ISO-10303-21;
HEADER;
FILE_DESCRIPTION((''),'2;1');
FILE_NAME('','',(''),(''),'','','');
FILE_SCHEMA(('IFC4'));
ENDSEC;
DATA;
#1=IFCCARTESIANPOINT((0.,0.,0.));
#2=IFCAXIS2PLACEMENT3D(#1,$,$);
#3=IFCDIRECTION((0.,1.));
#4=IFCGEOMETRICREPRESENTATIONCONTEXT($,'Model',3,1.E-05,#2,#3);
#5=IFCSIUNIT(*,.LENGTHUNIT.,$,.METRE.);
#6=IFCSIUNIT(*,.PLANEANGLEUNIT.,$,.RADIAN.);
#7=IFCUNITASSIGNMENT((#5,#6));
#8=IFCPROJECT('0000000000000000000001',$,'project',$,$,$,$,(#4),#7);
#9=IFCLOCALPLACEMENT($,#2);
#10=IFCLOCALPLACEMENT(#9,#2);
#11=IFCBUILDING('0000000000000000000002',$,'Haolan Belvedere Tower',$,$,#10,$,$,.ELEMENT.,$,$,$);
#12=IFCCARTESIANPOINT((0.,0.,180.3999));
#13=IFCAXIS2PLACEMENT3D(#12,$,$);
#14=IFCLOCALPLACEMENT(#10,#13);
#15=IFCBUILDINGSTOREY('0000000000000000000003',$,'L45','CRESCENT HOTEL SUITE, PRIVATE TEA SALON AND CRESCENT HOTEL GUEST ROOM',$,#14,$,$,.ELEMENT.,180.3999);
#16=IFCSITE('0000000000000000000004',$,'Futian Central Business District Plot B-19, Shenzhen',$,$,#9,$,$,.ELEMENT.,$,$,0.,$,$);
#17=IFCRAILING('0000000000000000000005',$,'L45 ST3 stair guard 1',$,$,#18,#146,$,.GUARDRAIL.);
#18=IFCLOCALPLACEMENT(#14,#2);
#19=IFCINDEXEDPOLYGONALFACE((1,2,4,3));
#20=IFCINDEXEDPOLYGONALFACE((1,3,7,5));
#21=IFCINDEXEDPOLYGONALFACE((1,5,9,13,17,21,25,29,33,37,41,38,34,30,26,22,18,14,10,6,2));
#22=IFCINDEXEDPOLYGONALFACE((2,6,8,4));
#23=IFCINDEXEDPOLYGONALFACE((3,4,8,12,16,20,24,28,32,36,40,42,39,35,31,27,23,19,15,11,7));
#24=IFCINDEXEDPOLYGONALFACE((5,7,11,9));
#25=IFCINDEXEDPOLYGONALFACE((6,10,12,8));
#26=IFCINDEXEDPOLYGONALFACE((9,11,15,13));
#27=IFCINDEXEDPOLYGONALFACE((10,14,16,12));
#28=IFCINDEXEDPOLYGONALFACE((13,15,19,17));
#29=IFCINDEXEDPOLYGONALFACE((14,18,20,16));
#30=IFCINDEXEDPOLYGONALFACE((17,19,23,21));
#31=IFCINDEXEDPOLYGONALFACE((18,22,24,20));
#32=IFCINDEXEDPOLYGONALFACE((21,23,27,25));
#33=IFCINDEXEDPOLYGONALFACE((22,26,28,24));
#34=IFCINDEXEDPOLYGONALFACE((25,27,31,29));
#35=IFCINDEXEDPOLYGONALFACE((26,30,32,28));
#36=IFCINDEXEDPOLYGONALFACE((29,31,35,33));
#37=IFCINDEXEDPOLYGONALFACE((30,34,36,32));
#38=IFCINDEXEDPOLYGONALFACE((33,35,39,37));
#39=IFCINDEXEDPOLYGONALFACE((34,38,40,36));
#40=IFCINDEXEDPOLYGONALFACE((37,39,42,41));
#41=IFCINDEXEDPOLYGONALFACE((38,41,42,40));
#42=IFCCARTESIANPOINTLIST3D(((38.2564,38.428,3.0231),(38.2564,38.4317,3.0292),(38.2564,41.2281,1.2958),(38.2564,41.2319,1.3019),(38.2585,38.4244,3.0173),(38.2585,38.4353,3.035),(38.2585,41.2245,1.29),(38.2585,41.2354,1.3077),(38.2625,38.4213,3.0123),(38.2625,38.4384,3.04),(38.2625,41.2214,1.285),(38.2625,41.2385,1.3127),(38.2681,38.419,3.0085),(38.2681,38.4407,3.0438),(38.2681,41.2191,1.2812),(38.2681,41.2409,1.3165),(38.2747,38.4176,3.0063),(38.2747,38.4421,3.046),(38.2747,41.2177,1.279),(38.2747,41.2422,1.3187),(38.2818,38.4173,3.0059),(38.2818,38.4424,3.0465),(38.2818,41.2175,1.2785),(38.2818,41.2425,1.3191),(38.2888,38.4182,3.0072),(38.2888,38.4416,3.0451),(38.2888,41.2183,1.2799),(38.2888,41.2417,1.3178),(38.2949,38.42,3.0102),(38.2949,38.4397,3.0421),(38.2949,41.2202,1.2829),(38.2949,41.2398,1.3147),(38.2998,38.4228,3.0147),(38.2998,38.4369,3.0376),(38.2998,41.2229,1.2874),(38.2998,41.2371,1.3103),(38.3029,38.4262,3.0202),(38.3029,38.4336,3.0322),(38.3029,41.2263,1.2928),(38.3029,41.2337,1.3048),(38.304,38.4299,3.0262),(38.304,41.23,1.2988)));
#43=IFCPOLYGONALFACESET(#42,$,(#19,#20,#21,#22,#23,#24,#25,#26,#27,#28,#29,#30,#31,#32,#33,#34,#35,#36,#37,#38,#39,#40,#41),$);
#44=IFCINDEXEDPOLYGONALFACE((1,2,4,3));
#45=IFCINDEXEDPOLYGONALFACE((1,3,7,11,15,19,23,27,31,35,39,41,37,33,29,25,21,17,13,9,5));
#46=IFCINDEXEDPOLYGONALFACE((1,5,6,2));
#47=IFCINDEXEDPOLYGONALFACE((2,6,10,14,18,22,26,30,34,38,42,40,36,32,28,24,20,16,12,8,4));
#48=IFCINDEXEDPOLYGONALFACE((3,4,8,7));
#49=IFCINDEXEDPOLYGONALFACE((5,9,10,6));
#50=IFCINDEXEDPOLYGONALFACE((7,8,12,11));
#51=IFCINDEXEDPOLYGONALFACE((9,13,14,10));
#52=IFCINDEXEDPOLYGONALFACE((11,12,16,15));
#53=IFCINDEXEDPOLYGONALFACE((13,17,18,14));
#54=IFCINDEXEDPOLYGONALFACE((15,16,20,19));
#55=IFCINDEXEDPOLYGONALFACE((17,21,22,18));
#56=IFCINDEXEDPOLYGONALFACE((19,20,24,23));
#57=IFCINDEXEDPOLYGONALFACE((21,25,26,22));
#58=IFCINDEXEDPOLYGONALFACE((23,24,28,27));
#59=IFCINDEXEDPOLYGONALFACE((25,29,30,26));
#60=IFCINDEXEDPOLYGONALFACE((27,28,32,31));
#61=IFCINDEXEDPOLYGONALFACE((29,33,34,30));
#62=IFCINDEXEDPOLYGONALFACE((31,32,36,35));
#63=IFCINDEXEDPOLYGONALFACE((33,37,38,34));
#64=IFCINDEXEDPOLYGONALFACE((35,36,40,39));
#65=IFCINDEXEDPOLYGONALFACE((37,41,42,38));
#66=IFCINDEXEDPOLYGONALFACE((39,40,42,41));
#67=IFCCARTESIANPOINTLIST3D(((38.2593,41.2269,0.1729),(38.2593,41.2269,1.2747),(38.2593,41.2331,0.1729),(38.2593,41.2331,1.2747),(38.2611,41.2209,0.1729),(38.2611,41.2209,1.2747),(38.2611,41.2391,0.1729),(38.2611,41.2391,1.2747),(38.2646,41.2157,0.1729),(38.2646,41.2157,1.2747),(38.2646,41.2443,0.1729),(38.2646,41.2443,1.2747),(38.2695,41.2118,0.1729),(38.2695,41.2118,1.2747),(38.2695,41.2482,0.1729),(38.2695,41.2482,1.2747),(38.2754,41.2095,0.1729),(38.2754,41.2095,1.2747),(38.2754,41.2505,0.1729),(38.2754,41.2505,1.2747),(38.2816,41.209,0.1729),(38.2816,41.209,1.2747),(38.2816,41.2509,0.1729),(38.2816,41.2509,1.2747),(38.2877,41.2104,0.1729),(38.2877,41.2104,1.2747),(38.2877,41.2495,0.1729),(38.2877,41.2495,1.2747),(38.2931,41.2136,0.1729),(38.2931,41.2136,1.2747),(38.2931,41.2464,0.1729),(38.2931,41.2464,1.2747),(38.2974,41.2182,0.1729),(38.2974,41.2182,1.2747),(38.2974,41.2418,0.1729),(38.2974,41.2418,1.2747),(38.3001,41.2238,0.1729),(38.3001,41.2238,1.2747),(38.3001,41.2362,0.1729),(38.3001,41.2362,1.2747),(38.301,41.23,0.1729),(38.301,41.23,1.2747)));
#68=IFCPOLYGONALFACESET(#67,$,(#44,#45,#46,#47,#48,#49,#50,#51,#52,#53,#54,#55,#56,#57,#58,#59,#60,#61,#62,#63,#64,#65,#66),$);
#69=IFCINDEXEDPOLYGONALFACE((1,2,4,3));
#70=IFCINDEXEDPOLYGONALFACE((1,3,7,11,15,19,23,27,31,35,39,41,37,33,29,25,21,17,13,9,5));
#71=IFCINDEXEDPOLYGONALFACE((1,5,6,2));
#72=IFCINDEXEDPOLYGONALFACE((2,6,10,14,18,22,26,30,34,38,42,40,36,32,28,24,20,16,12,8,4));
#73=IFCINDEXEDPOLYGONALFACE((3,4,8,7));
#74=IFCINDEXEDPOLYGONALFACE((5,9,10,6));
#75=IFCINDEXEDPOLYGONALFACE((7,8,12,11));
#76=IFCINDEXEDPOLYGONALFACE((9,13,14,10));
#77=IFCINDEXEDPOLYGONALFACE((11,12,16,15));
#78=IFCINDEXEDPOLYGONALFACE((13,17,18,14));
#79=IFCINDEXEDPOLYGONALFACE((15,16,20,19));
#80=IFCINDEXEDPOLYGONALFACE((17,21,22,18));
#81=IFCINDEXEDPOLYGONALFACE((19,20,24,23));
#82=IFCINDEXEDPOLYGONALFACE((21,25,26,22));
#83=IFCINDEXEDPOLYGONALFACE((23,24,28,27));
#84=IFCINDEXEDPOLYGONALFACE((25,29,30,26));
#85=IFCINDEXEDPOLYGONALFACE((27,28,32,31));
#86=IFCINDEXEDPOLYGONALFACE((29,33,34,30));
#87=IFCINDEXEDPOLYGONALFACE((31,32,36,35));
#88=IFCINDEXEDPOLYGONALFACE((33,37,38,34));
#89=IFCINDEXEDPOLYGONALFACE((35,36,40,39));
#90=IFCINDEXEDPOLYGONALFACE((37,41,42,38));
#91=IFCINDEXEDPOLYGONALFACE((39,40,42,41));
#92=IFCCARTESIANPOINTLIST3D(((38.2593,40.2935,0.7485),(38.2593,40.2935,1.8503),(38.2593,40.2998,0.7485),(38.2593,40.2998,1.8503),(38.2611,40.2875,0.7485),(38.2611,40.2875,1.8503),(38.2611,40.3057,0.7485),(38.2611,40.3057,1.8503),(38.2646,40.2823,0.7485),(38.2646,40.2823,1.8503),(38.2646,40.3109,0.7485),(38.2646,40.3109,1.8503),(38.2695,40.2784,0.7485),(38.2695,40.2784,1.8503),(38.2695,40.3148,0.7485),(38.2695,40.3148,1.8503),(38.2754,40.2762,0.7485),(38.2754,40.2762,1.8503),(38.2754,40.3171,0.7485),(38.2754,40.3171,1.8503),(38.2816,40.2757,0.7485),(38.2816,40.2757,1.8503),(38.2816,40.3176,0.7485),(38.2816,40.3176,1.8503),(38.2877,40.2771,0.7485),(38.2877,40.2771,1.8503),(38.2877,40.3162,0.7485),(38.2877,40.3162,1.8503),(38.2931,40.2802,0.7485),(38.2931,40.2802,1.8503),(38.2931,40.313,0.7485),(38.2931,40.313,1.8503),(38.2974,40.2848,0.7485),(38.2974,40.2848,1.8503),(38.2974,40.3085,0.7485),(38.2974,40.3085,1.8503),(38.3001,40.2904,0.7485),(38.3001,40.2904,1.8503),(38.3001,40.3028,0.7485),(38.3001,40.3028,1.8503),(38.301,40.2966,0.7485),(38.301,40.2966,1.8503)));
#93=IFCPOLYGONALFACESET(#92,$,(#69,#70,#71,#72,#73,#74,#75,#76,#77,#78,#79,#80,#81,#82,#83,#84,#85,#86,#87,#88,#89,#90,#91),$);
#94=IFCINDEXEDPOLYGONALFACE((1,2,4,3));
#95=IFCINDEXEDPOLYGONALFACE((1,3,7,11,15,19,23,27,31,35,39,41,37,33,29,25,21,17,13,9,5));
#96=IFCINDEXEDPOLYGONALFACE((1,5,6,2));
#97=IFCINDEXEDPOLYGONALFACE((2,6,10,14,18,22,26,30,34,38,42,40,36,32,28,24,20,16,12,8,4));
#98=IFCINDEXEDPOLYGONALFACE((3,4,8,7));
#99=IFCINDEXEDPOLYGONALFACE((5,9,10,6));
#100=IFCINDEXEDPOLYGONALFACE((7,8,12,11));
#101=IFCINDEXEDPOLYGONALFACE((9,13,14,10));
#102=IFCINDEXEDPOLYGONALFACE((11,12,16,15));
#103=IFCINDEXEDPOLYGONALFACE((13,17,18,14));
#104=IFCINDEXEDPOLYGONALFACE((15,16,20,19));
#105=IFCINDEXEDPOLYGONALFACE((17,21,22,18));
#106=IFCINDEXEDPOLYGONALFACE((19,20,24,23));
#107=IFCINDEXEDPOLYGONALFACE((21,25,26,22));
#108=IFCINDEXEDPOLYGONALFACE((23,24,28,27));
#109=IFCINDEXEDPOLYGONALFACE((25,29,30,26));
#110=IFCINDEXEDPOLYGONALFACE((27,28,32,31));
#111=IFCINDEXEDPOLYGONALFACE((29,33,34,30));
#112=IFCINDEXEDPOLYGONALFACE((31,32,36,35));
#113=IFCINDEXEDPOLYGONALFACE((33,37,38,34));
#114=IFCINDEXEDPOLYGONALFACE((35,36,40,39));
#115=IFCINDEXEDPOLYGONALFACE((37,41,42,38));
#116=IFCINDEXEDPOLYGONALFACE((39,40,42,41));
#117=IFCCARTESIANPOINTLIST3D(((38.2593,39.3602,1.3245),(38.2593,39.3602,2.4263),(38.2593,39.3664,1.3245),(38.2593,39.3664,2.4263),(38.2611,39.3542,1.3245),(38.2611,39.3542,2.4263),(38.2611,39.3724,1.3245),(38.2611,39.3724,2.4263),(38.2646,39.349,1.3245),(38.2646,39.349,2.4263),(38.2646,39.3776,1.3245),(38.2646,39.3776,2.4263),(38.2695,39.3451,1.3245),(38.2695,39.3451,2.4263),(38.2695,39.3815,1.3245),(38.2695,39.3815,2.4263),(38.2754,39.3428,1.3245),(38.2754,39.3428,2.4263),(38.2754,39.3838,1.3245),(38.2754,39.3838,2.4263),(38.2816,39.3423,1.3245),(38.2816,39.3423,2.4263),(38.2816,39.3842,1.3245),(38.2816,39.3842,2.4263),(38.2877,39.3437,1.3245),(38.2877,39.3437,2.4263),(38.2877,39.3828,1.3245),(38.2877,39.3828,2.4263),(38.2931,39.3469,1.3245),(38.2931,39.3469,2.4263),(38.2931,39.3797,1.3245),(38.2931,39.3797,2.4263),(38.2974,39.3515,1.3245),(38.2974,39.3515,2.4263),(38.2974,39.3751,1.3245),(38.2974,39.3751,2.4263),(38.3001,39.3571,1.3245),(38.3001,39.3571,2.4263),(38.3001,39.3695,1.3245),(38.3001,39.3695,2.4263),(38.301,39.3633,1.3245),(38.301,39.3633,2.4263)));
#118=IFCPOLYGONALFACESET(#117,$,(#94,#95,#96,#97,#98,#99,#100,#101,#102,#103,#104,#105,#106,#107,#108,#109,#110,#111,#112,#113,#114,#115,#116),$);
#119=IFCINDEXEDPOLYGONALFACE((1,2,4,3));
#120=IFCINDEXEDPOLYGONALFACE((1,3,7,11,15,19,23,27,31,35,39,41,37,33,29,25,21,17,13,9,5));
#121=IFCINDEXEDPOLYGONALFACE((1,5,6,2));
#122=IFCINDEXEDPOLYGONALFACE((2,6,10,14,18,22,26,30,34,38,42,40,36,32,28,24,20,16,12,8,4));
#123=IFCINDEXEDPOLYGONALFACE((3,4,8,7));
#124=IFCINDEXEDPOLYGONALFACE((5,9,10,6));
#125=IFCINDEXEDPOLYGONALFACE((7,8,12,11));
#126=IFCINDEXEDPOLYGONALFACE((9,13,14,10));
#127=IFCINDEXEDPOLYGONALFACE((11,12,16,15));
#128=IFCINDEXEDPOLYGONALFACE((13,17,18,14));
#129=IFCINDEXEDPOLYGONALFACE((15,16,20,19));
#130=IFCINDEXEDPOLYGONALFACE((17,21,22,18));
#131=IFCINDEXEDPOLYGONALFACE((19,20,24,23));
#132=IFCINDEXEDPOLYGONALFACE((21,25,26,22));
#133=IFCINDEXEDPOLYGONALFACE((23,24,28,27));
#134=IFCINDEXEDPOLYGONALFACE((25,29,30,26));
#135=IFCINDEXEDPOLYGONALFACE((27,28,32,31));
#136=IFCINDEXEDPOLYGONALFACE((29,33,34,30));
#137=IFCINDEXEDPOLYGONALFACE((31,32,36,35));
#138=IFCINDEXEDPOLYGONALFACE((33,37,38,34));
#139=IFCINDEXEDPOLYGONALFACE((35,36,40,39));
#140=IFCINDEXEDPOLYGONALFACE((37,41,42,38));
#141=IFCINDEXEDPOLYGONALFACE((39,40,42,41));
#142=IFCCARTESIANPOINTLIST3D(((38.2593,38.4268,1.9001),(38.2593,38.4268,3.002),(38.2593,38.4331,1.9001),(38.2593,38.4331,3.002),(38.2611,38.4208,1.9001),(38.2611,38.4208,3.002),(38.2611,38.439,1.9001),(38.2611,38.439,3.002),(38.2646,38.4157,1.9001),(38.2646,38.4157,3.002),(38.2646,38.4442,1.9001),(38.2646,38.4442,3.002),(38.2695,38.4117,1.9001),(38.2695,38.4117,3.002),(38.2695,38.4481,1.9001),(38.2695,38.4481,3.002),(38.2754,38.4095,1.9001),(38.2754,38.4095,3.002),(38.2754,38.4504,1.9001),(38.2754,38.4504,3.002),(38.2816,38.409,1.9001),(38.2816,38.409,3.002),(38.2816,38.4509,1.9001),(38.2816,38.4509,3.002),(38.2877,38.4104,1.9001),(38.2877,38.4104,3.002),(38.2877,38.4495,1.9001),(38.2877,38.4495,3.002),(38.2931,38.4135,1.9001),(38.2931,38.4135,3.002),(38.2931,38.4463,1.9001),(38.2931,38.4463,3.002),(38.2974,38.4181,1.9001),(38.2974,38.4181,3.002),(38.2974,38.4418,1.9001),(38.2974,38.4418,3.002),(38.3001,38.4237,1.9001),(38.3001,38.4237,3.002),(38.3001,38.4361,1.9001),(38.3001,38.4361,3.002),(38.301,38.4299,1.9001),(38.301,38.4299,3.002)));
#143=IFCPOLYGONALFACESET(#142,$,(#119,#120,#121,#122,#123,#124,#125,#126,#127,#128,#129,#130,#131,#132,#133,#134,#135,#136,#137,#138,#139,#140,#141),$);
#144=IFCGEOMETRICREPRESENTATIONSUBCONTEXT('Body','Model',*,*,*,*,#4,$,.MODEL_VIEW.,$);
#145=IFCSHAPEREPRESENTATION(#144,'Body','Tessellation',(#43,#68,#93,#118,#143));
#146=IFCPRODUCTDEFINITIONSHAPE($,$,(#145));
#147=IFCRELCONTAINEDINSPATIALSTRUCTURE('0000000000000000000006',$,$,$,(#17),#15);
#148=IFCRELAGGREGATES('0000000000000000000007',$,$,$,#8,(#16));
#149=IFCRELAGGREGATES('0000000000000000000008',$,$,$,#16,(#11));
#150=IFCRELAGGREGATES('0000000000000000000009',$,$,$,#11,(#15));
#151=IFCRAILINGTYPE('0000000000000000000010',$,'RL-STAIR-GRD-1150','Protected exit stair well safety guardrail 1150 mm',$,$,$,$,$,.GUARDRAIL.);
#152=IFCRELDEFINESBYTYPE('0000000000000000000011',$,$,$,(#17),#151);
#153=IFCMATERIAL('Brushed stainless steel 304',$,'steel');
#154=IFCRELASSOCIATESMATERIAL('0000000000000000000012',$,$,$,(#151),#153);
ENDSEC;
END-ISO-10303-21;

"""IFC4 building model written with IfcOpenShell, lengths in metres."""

from ifc_helpers import new_model, si_unit, direction, frame, origin, origin_2d, place, context, subcontext, project, spatial, circle, extrude, material, type_object, element, save


model = new_model("IFC4")

# Units and contexts
model_context = context("Model", 3, precision=1e-05, world=origin(), true_north=direction((0.0, 1.0)))
body_context = subcontext(model_context, "Body", "Model", "MODEL_VIEW")
ifc_project = project(units=[si_unit("LENGTHUNIT", "METRE"), si_unit("PLANEANGLEUNIT", "RADIAN")], contexts=[model_context])

# Site, building, storey
site_placement = place(None, origin())
site = spatial("IfcSite", under=ifc_project, at=site_placement, Name="Futian Central Business District Plot B-19, Shenzhen", CompositionType="ELEMENT", RefElevation=0.0)
building_placement = place(site_placement, origin())
building = spatial("IfcBuilding", under=site, at=building_placement, Name="Haolan Belvedere Tower", CompositionType="ELEMENT")
storey_placement = place(building_placement, frame((0.0, 0.0, 180.3999)))
storey = spatial("IfcBuildingStorey", under=building, at=storey_placement, Name="L45", Description="CRESCENT HOTEL SUITE, PRIVATE TEA SALON AND CRESCENT HOTEL GUEST ROOM", CompositionType="ELEMENT", Elevation=180.3999)

# Railing
ifc_material_1 = material(Name="Brushed stainless steel 304", Category="steel")
railing_type_1 = type_object("IfcRailingType", Name="RL-STAIR-GRD-1150", Description="Protected exit stair well safety guardrail 1150 mm", PredefinedType="GUARDRAIL", material=ifc_material_1)
railing_1_placement = place(storey_placement, frame((38.28, 41.23, 0.1729)))
element("IfcRailing", 1, at=railing_1_placement, inside=storey, type_object=railing_type_1, Name="L45 ST3 stair guard 1", PredefinedType="GUARDRAIL", context=body_context, shape_type="SweptSolid", body=[
    extrude(circle(Radius=0.0239, at=origin_2d()), frame((0.0, 0.0, 1.126), z_axis=(0.0, -0.85109, 0.52502), x_axis=(1.0, 0.0, 0.0)), (0.0, 0.0, 1.0), 3.29),
    extrude(circle(Radius=0.021, at=origin_2d()), origin(), (0.0, 0.0, 1.0), 1.1018),
    extrude(circle(Radius=0.021, at=origin_2d()), frame((0.0, -0.9333, 0.5757)), (0.0, 0.0, 1.0), 1.1018),
    extrude(circle(Radius=0.021, at=origin_2d()), frame((0.0, -1.8667, 1.1516)), (0.0, 0.0, 1.0), 1.1018),
    extrude(circle(Radius=0.021, at=origin_2d()), frame((0.0, -2.8, 1.7273)), (0.0, 0.0, 1.0), 1.1018),
])

save(model, "model.ifc")
